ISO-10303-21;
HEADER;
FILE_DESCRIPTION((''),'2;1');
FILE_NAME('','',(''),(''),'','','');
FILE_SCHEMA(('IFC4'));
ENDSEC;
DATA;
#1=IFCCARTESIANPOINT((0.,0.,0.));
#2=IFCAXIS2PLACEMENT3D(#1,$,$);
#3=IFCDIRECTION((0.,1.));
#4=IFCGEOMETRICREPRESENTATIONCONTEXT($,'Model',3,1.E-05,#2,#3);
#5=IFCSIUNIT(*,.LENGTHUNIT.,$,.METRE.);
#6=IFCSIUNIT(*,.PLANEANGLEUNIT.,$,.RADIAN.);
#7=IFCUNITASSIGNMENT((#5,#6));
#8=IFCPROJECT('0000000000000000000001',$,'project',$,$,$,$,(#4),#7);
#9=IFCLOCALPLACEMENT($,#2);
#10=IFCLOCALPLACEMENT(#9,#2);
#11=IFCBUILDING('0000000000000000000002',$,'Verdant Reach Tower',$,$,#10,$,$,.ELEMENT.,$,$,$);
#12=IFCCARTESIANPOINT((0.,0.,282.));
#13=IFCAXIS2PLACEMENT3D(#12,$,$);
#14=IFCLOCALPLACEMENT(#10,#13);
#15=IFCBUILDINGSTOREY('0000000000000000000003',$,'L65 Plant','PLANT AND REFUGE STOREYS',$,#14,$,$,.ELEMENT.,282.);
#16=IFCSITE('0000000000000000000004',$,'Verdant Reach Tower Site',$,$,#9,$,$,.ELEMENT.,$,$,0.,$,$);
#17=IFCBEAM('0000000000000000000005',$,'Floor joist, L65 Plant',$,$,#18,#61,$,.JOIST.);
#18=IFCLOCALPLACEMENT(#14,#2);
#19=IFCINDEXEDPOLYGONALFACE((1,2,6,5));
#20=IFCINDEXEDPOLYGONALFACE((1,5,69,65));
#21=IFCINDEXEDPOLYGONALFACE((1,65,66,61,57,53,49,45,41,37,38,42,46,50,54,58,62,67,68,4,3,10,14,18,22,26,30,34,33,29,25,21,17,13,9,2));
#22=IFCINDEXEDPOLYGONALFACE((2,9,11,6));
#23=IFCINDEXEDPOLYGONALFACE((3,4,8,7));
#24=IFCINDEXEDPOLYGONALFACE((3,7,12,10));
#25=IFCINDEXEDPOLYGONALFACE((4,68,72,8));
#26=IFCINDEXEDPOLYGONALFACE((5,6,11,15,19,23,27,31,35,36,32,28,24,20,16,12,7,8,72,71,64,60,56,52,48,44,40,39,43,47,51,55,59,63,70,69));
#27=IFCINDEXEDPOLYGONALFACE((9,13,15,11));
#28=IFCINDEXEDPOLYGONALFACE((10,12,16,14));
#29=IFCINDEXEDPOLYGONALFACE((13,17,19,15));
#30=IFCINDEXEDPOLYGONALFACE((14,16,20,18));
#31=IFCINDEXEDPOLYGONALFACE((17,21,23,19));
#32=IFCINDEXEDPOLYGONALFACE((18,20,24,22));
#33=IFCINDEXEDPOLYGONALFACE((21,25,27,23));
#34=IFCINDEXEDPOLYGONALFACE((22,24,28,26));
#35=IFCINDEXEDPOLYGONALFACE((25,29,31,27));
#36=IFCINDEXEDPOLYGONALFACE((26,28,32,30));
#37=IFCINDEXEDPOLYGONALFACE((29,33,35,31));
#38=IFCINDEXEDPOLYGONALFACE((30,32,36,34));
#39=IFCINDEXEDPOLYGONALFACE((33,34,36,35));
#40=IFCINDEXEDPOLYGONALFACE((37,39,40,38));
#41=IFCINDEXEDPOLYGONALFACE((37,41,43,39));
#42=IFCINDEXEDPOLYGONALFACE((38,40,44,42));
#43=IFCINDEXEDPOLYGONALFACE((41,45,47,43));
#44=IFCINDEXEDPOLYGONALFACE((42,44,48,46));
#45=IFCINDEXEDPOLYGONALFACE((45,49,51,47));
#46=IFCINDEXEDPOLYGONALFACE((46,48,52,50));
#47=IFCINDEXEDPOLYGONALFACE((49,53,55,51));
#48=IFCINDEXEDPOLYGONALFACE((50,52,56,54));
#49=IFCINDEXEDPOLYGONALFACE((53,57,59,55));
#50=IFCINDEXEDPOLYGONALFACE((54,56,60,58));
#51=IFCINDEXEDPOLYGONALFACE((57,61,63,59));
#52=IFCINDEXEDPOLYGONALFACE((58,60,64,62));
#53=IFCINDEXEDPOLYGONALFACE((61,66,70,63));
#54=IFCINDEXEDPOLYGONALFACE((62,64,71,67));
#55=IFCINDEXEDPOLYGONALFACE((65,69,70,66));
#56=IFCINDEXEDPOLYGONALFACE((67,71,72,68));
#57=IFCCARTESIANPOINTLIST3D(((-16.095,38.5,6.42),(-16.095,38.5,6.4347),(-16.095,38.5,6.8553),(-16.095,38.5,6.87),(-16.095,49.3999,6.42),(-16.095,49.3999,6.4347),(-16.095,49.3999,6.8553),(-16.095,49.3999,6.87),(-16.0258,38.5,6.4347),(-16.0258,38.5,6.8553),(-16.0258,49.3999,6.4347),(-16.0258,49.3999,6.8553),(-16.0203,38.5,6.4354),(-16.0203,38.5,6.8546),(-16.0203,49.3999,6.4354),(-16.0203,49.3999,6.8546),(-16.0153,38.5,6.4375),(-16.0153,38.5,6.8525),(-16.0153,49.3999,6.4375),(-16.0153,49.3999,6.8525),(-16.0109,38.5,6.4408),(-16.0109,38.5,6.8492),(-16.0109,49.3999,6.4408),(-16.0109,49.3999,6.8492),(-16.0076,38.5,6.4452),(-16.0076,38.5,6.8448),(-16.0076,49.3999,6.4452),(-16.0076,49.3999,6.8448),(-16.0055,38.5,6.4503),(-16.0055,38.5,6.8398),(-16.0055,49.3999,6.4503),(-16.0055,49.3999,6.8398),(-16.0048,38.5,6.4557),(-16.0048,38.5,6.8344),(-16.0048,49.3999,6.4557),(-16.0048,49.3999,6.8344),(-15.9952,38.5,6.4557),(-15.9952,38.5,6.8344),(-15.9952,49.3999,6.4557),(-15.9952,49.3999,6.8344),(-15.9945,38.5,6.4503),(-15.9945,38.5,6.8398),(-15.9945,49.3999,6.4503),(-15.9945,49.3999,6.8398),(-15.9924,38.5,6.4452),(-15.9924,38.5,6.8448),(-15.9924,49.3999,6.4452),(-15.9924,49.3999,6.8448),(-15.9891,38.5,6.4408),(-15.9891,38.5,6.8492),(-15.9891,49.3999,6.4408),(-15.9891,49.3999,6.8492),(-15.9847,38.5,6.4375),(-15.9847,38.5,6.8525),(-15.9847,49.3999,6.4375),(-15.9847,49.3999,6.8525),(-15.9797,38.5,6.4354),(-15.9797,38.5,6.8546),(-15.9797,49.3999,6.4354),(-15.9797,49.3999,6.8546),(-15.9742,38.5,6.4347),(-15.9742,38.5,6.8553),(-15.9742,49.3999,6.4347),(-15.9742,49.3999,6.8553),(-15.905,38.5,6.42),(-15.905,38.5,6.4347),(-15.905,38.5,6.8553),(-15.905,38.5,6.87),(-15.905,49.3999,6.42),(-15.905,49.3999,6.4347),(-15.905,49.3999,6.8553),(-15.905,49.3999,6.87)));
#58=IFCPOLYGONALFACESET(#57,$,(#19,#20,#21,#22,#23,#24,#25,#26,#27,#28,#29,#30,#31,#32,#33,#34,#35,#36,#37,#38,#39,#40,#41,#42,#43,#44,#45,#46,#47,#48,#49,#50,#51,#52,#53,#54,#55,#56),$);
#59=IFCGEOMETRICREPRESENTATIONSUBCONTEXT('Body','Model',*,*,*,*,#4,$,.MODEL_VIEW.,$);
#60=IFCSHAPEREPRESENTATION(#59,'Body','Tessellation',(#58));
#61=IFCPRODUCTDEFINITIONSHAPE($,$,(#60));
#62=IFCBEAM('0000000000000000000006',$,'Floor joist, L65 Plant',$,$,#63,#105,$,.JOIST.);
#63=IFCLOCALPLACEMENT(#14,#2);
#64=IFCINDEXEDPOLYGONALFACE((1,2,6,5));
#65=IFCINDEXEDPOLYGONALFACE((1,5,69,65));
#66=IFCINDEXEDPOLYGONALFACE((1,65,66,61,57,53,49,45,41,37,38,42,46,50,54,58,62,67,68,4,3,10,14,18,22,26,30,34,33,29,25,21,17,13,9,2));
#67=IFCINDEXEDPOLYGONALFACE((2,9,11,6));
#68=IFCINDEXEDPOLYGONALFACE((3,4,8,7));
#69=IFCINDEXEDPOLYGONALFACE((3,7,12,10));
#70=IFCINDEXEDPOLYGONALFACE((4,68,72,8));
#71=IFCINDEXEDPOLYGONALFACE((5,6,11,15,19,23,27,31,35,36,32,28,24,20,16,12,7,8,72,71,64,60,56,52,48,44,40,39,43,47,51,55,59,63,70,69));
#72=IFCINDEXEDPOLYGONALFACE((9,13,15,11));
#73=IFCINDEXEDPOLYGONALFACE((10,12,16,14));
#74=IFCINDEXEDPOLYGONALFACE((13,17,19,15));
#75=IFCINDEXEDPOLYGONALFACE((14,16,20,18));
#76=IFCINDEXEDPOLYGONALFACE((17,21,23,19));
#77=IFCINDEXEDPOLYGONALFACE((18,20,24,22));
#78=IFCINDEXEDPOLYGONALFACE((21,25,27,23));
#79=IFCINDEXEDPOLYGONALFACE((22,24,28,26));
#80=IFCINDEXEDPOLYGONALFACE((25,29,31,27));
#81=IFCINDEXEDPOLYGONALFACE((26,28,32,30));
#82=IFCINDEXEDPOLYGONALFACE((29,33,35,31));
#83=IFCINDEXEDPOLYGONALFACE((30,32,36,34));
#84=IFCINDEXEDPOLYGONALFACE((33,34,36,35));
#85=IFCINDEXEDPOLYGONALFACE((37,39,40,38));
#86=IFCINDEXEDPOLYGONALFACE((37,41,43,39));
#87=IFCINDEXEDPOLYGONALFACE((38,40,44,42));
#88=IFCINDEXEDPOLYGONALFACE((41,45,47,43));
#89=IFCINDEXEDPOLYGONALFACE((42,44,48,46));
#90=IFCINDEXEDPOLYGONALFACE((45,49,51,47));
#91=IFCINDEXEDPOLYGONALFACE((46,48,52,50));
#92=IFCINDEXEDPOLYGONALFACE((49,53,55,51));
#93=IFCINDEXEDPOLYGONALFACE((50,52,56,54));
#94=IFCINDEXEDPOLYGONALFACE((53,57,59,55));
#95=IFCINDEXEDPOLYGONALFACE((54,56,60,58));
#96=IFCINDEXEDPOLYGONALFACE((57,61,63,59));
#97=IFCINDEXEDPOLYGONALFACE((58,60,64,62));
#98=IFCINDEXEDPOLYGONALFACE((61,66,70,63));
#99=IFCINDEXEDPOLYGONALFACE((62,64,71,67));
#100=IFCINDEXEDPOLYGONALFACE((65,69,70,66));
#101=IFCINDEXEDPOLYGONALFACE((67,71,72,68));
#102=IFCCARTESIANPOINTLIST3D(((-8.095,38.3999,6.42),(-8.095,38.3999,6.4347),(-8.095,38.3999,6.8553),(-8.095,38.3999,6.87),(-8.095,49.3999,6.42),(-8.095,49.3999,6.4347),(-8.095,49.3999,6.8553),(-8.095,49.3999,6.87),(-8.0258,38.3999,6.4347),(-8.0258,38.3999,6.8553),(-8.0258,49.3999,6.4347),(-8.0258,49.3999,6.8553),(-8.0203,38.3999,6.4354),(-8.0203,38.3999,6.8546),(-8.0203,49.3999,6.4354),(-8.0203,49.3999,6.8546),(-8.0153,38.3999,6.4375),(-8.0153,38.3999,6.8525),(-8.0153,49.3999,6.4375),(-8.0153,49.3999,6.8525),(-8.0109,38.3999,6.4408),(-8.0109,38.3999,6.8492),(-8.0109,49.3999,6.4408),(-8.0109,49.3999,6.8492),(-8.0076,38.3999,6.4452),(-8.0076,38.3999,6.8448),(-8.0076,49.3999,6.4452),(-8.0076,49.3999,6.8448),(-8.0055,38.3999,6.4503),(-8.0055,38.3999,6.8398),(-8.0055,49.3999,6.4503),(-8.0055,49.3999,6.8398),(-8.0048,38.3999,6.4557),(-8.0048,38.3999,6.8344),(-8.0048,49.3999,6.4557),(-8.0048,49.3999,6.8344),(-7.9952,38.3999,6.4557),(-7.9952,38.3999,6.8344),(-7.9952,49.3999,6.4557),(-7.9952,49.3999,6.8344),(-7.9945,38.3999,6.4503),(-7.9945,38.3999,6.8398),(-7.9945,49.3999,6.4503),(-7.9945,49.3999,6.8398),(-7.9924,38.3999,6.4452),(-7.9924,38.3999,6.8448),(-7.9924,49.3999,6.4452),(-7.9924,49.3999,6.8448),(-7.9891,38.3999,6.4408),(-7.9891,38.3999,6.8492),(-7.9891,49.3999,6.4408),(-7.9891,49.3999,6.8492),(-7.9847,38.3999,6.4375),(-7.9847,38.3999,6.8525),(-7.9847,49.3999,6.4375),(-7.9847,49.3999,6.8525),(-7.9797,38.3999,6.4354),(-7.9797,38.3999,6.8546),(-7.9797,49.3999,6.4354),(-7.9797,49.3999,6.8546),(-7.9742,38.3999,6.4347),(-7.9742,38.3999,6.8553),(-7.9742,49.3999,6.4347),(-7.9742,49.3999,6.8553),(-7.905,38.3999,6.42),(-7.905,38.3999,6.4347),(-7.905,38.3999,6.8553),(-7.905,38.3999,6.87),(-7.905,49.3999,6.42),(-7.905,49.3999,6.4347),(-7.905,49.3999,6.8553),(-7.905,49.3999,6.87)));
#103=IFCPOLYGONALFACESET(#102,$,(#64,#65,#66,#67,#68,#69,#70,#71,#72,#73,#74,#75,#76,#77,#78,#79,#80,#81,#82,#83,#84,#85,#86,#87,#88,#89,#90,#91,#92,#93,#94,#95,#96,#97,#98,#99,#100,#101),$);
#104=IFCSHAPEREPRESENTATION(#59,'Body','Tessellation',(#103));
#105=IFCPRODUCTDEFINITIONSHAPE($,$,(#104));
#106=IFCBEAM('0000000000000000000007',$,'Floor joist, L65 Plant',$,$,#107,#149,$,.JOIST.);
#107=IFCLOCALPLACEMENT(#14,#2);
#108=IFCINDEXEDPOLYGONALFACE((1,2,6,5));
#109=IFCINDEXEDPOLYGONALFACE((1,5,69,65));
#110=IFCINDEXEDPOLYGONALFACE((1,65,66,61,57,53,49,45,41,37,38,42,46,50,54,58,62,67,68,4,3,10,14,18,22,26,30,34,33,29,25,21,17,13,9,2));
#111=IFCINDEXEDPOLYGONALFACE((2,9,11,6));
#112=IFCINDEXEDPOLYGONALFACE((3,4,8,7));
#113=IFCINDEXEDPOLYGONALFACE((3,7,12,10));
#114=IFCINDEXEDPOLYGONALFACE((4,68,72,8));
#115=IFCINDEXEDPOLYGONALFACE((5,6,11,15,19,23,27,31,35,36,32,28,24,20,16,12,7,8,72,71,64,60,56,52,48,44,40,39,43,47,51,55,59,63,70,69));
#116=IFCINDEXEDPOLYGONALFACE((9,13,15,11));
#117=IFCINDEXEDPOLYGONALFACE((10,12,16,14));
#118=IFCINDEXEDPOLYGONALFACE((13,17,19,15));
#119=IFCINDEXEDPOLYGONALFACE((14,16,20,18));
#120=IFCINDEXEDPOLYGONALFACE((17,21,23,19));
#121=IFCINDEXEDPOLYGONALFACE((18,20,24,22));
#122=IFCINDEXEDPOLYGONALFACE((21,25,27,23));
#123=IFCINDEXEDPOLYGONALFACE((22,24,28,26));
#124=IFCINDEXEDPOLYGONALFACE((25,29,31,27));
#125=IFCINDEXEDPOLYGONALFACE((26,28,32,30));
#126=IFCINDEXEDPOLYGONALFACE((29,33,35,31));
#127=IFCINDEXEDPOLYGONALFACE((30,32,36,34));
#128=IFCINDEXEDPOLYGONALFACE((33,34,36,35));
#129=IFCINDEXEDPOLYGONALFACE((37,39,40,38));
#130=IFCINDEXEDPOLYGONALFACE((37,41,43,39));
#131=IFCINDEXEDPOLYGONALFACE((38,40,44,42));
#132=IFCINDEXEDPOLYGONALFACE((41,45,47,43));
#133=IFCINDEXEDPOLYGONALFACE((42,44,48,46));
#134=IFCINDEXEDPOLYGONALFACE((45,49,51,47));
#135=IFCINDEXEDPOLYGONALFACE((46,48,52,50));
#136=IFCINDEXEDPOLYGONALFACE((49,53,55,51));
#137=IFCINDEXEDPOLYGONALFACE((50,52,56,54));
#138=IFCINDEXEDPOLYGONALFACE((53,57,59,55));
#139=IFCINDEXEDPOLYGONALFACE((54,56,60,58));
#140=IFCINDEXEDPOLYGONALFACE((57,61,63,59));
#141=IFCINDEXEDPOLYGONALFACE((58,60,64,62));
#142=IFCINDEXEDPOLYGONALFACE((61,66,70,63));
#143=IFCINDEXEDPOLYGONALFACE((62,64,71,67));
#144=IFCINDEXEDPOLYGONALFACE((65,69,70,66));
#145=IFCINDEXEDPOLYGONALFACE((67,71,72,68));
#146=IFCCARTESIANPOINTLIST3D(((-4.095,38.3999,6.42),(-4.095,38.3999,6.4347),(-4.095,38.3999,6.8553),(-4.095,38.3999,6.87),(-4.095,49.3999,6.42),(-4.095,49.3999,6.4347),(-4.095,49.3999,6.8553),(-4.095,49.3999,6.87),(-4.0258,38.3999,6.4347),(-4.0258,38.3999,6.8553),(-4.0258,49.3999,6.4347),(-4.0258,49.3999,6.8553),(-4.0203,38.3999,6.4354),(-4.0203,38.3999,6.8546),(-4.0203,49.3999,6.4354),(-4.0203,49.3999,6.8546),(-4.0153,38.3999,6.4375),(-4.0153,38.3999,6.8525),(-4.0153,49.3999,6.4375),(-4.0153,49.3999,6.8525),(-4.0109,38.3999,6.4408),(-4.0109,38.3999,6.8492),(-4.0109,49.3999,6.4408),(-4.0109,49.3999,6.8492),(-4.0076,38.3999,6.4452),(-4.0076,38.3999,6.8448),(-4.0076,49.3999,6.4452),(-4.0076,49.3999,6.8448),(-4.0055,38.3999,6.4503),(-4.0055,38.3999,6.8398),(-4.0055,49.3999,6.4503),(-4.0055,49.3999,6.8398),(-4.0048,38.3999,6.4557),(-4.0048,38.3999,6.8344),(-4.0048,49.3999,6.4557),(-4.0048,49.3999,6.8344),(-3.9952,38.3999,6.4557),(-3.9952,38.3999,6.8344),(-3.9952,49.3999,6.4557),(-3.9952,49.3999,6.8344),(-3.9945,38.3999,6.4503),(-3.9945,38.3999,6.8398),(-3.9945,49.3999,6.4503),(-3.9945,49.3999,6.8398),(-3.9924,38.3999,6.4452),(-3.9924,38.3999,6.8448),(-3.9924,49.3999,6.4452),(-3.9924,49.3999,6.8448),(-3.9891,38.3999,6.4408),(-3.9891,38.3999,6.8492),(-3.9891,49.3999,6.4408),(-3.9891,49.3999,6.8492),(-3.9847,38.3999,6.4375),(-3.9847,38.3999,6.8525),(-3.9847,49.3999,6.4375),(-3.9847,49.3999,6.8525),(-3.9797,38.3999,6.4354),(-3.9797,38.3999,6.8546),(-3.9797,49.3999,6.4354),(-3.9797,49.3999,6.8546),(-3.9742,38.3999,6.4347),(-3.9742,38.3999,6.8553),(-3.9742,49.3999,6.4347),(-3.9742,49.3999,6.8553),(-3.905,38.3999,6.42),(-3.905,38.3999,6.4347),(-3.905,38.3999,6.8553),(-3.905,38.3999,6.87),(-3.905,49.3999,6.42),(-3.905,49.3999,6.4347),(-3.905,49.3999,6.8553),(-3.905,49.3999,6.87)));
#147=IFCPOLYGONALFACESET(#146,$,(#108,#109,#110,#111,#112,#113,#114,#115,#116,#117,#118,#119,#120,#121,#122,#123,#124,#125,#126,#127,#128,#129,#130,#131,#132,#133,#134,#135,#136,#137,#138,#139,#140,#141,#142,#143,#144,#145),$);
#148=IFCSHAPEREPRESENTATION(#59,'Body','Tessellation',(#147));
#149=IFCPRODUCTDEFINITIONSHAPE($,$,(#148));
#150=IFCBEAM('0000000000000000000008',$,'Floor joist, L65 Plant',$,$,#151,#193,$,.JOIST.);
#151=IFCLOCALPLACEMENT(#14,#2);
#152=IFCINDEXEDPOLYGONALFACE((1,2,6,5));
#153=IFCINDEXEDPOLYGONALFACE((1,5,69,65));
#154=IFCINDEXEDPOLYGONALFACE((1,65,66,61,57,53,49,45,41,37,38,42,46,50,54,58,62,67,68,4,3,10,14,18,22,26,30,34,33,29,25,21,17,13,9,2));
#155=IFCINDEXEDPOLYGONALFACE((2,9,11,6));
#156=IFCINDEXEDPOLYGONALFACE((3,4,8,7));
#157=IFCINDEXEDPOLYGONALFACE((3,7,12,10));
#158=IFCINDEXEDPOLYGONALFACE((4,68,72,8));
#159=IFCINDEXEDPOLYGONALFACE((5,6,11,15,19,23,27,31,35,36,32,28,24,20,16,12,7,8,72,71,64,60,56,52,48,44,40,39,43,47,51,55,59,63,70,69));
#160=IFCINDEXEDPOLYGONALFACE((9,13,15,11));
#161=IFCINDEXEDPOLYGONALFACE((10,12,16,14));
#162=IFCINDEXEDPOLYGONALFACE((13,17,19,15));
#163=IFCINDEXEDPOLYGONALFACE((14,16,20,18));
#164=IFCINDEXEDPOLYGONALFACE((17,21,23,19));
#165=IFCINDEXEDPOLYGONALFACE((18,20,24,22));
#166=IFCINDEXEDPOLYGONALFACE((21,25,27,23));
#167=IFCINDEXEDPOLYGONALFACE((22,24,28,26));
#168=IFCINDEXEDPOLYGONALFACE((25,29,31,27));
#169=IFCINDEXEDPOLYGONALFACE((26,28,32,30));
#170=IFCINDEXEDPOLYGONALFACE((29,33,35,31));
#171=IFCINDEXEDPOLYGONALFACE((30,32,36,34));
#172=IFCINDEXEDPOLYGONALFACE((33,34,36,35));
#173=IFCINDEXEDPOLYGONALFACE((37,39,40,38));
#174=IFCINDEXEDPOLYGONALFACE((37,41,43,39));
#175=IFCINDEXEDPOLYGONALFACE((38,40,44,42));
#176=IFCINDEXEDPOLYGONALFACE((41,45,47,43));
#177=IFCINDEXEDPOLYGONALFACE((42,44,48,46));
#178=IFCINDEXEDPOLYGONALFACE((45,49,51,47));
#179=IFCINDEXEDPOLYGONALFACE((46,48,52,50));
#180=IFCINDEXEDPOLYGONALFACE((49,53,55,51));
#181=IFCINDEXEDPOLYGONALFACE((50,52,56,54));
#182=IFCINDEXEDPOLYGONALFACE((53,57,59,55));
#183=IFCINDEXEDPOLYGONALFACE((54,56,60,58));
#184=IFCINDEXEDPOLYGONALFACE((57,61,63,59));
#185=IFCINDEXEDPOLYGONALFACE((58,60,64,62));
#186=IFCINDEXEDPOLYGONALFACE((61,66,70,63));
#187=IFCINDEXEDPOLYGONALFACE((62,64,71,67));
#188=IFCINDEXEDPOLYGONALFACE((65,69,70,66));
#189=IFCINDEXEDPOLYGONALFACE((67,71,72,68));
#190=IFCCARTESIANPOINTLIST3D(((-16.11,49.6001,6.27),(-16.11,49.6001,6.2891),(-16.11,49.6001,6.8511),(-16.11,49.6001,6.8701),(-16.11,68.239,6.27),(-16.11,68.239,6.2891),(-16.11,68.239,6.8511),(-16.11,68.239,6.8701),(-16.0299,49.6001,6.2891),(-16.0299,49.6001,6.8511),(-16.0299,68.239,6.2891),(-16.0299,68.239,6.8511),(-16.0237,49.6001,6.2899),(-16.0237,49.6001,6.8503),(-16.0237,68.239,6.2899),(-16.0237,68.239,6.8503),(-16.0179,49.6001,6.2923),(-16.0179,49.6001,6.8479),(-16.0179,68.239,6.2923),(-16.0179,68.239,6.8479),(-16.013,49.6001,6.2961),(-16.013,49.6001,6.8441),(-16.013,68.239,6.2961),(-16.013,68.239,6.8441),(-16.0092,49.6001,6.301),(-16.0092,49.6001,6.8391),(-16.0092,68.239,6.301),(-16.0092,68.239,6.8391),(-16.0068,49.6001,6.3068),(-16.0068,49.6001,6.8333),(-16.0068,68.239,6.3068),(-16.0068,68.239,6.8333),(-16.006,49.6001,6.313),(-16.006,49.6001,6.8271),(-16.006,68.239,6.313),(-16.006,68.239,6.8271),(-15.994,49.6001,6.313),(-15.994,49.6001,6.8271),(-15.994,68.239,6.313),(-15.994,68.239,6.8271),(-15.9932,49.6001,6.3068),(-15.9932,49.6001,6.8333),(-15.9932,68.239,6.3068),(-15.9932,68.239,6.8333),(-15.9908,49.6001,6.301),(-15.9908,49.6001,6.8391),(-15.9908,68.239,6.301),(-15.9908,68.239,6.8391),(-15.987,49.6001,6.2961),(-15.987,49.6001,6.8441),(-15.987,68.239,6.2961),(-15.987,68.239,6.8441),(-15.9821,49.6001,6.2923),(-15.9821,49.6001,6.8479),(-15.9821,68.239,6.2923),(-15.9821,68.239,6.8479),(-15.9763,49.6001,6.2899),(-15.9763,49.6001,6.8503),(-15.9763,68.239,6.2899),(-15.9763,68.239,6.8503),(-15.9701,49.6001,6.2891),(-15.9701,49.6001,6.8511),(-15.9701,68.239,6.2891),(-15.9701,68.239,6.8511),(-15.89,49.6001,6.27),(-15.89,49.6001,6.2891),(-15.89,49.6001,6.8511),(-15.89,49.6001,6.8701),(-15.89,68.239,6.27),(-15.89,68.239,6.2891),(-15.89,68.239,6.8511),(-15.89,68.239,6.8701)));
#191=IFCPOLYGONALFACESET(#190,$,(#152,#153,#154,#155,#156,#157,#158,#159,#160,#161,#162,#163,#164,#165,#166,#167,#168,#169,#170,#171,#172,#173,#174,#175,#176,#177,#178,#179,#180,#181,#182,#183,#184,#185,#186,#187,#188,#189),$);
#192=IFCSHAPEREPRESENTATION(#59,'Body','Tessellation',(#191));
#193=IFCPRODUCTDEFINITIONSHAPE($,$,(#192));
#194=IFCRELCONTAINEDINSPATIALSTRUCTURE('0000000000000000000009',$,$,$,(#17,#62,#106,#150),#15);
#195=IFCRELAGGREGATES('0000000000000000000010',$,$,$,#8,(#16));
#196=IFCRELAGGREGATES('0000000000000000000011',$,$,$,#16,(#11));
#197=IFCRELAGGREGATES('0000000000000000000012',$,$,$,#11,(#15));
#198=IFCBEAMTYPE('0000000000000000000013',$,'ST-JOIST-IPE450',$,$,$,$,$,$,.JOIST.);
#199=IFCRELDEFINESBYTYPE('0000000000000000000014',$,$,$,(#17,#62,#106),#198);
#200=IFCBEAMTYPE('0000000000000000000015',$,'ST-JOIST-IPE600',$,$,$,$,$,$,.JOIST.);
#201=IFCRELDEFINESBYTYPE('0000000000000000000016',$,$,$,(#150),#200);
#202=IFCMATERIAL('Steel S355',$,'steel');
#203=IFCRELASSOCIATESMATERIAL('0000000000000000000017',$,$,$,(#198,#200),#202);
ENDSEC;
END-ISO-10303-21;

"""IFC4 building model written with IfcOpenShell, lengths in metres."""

from ifc_helpers import new_model, si_unit, direction, frame, origin, origin_2d, place, context, subcontext, project, spatial, i_section, extrude, material, material_profile, profile_set, type_object, element, save


model = new_model("IFC4")

# Units and contexts
model_context = context("Model", 3, precision=1e-05, world=origin(), true_north=direction((0.0, 1.0)))
body_context = subcontext(model_context, "Body", "Model", "MODEL_VIEW")
ifc_project = project(units=[si_unit("LENGTHUNIT", "METRE"), si_unit("PLANEANGLEUNIT", "RADIAN")], contexts=[model_context])

# Site, building, storey
site_placement = place(None, origin())
site = spatial("IfcSite", under=ifc_project, at=site_placement, Name="Verdant Reach Tower Site", CompositionType="ELEMENT", RefElevation=0.0)
building_placement = place(site_placement, origin())
building = spatial("IfcBuilding", under=site, at=building_placement, Name="Verdant Reach Tower", CompositionType="ELEMENT")
storey_placement = place(building_placement, frame((0.0, 0.0, 282.0)))
storey = spatial("IfcBuildingStorey", under=building, at=storey_placement, Name="L65 Plant", Description="PLANT AND REFUGE STOREYS", CompositionType="ELEMENT", Elevation=282.0)

# Beams
ifc_material_1 = material(Name="Steel S355", Category="steel")
ifc_material_profile_1 = material_profile(ifc_material_1, i_section(OverallWidth=0.1899, OverallDepth=0.45, WebThickness=0.0095, FlangeThickness=0.0146, FilletRadius=0.021, at=origin_2d()), Name="IPE 450")
ifc_profile_set_1 = profile_set([ifc_material_profile_1], Name="Steel S355")
beam_type_1 = type_object("IfcBeamType", Name="ST-JOIST-IPE450", PredefinedType="JOIST", material=ifc_profile_set_1)
beam_1_placement = place(storey_placement, frame((-16.0, 38.5, 6.645), z_axis=(0.0, 1.0, 0.0), x_axis=(-1.0, 0.0, 0.0)))
element("IfcBeam", 1, at=beam_1_placement, inside=storey, type_object=beam_type_1, Name="Floor joist, L65 Plant", PredefinedType="JOIST", context=body_context, shape_type="SweptSolid", body=[
    extrude(i_section(OverallWidth=0.1899, OverallDepth=0.45, WebThickness=0.0095, FlangeThickness=0.0146, FilletRadius=0.021, at=origin_2d()), origin(), (0.0, 0.0, 1.0), 10.8999),
])
for number, where, z_axis, x_axis, name in (
    (2, (-8.0, 38.3999, 6.645), (0.0, 1.0, 0.0), (-1.0, 0.0, 0.0), "Floor joist, L65 Plant"),
    (3, (-4.0, 38.3999, 6.645), (0.0, 1.0, 0.0), (-1.0, 0.0, 0.0), "Floor joist, L65 Plant"),
):
    element("IfcBeam", number, at=place(storey_placement, frame(where, z_axis=z_axis, x_axis=x_axis)), inside=storey, type_object=beam_type_1, Name=name, PredefinedType="JOIST", context=body_context, shape_type="SweptSolid", body=[
        extrude(i_section(OverallWidth=0.1899, OverallDepth=0.45, WebThickness=0.0095, FlangeThickness=0.0146, FilletRadius=0.021, at=origin_2d()), origin(), (0.0, 0.0, 1.0), 11.0),
    ])
ifc_material_profile_2 = material_profile(ifc_material_1, i_section(OverallWidth=0.22, OverallDepth=0.6001, WebThickness=0.012, FlangeThickness=0.019, FilletRadius=0.0239, at=origin_2d()), Name="IPE 600")
ifc_profile_set_2 = profile_set([ifc_material_profile_2], Name="Steel S355")
beam_type_2 = type_object("IfcBeamType", Name="ST-JOIST-IPE600", PredefinedType="JOIST", material=ifc_profile_set_2)
beam_2_placement = place(storey_placement, frame((-16.0, 49.6001, 6.5701), z_axis=(0.0, 1.0, 0.0), x_axis=(-1.0, 0.0, 0.0)))
element("IfcBeam", 4, at=beam_2_placement, inside=storey, type_object=beam_type_2, Name="Floor joist, L65 Plant", PredefinedType="JOIST", context=body_context, shape_type="SweptSolid", body=[
    extrude(i_section(OverallWidth=0.22, OverallDepth=0.6001, WebThickness=0.012, FlangeThickness=0.019, FilletRadius=0.0239, at=origin_2d()), origin(), (0.0, 0.0, 1.0), 18.6389),
])

save(model, "model.ifc")
